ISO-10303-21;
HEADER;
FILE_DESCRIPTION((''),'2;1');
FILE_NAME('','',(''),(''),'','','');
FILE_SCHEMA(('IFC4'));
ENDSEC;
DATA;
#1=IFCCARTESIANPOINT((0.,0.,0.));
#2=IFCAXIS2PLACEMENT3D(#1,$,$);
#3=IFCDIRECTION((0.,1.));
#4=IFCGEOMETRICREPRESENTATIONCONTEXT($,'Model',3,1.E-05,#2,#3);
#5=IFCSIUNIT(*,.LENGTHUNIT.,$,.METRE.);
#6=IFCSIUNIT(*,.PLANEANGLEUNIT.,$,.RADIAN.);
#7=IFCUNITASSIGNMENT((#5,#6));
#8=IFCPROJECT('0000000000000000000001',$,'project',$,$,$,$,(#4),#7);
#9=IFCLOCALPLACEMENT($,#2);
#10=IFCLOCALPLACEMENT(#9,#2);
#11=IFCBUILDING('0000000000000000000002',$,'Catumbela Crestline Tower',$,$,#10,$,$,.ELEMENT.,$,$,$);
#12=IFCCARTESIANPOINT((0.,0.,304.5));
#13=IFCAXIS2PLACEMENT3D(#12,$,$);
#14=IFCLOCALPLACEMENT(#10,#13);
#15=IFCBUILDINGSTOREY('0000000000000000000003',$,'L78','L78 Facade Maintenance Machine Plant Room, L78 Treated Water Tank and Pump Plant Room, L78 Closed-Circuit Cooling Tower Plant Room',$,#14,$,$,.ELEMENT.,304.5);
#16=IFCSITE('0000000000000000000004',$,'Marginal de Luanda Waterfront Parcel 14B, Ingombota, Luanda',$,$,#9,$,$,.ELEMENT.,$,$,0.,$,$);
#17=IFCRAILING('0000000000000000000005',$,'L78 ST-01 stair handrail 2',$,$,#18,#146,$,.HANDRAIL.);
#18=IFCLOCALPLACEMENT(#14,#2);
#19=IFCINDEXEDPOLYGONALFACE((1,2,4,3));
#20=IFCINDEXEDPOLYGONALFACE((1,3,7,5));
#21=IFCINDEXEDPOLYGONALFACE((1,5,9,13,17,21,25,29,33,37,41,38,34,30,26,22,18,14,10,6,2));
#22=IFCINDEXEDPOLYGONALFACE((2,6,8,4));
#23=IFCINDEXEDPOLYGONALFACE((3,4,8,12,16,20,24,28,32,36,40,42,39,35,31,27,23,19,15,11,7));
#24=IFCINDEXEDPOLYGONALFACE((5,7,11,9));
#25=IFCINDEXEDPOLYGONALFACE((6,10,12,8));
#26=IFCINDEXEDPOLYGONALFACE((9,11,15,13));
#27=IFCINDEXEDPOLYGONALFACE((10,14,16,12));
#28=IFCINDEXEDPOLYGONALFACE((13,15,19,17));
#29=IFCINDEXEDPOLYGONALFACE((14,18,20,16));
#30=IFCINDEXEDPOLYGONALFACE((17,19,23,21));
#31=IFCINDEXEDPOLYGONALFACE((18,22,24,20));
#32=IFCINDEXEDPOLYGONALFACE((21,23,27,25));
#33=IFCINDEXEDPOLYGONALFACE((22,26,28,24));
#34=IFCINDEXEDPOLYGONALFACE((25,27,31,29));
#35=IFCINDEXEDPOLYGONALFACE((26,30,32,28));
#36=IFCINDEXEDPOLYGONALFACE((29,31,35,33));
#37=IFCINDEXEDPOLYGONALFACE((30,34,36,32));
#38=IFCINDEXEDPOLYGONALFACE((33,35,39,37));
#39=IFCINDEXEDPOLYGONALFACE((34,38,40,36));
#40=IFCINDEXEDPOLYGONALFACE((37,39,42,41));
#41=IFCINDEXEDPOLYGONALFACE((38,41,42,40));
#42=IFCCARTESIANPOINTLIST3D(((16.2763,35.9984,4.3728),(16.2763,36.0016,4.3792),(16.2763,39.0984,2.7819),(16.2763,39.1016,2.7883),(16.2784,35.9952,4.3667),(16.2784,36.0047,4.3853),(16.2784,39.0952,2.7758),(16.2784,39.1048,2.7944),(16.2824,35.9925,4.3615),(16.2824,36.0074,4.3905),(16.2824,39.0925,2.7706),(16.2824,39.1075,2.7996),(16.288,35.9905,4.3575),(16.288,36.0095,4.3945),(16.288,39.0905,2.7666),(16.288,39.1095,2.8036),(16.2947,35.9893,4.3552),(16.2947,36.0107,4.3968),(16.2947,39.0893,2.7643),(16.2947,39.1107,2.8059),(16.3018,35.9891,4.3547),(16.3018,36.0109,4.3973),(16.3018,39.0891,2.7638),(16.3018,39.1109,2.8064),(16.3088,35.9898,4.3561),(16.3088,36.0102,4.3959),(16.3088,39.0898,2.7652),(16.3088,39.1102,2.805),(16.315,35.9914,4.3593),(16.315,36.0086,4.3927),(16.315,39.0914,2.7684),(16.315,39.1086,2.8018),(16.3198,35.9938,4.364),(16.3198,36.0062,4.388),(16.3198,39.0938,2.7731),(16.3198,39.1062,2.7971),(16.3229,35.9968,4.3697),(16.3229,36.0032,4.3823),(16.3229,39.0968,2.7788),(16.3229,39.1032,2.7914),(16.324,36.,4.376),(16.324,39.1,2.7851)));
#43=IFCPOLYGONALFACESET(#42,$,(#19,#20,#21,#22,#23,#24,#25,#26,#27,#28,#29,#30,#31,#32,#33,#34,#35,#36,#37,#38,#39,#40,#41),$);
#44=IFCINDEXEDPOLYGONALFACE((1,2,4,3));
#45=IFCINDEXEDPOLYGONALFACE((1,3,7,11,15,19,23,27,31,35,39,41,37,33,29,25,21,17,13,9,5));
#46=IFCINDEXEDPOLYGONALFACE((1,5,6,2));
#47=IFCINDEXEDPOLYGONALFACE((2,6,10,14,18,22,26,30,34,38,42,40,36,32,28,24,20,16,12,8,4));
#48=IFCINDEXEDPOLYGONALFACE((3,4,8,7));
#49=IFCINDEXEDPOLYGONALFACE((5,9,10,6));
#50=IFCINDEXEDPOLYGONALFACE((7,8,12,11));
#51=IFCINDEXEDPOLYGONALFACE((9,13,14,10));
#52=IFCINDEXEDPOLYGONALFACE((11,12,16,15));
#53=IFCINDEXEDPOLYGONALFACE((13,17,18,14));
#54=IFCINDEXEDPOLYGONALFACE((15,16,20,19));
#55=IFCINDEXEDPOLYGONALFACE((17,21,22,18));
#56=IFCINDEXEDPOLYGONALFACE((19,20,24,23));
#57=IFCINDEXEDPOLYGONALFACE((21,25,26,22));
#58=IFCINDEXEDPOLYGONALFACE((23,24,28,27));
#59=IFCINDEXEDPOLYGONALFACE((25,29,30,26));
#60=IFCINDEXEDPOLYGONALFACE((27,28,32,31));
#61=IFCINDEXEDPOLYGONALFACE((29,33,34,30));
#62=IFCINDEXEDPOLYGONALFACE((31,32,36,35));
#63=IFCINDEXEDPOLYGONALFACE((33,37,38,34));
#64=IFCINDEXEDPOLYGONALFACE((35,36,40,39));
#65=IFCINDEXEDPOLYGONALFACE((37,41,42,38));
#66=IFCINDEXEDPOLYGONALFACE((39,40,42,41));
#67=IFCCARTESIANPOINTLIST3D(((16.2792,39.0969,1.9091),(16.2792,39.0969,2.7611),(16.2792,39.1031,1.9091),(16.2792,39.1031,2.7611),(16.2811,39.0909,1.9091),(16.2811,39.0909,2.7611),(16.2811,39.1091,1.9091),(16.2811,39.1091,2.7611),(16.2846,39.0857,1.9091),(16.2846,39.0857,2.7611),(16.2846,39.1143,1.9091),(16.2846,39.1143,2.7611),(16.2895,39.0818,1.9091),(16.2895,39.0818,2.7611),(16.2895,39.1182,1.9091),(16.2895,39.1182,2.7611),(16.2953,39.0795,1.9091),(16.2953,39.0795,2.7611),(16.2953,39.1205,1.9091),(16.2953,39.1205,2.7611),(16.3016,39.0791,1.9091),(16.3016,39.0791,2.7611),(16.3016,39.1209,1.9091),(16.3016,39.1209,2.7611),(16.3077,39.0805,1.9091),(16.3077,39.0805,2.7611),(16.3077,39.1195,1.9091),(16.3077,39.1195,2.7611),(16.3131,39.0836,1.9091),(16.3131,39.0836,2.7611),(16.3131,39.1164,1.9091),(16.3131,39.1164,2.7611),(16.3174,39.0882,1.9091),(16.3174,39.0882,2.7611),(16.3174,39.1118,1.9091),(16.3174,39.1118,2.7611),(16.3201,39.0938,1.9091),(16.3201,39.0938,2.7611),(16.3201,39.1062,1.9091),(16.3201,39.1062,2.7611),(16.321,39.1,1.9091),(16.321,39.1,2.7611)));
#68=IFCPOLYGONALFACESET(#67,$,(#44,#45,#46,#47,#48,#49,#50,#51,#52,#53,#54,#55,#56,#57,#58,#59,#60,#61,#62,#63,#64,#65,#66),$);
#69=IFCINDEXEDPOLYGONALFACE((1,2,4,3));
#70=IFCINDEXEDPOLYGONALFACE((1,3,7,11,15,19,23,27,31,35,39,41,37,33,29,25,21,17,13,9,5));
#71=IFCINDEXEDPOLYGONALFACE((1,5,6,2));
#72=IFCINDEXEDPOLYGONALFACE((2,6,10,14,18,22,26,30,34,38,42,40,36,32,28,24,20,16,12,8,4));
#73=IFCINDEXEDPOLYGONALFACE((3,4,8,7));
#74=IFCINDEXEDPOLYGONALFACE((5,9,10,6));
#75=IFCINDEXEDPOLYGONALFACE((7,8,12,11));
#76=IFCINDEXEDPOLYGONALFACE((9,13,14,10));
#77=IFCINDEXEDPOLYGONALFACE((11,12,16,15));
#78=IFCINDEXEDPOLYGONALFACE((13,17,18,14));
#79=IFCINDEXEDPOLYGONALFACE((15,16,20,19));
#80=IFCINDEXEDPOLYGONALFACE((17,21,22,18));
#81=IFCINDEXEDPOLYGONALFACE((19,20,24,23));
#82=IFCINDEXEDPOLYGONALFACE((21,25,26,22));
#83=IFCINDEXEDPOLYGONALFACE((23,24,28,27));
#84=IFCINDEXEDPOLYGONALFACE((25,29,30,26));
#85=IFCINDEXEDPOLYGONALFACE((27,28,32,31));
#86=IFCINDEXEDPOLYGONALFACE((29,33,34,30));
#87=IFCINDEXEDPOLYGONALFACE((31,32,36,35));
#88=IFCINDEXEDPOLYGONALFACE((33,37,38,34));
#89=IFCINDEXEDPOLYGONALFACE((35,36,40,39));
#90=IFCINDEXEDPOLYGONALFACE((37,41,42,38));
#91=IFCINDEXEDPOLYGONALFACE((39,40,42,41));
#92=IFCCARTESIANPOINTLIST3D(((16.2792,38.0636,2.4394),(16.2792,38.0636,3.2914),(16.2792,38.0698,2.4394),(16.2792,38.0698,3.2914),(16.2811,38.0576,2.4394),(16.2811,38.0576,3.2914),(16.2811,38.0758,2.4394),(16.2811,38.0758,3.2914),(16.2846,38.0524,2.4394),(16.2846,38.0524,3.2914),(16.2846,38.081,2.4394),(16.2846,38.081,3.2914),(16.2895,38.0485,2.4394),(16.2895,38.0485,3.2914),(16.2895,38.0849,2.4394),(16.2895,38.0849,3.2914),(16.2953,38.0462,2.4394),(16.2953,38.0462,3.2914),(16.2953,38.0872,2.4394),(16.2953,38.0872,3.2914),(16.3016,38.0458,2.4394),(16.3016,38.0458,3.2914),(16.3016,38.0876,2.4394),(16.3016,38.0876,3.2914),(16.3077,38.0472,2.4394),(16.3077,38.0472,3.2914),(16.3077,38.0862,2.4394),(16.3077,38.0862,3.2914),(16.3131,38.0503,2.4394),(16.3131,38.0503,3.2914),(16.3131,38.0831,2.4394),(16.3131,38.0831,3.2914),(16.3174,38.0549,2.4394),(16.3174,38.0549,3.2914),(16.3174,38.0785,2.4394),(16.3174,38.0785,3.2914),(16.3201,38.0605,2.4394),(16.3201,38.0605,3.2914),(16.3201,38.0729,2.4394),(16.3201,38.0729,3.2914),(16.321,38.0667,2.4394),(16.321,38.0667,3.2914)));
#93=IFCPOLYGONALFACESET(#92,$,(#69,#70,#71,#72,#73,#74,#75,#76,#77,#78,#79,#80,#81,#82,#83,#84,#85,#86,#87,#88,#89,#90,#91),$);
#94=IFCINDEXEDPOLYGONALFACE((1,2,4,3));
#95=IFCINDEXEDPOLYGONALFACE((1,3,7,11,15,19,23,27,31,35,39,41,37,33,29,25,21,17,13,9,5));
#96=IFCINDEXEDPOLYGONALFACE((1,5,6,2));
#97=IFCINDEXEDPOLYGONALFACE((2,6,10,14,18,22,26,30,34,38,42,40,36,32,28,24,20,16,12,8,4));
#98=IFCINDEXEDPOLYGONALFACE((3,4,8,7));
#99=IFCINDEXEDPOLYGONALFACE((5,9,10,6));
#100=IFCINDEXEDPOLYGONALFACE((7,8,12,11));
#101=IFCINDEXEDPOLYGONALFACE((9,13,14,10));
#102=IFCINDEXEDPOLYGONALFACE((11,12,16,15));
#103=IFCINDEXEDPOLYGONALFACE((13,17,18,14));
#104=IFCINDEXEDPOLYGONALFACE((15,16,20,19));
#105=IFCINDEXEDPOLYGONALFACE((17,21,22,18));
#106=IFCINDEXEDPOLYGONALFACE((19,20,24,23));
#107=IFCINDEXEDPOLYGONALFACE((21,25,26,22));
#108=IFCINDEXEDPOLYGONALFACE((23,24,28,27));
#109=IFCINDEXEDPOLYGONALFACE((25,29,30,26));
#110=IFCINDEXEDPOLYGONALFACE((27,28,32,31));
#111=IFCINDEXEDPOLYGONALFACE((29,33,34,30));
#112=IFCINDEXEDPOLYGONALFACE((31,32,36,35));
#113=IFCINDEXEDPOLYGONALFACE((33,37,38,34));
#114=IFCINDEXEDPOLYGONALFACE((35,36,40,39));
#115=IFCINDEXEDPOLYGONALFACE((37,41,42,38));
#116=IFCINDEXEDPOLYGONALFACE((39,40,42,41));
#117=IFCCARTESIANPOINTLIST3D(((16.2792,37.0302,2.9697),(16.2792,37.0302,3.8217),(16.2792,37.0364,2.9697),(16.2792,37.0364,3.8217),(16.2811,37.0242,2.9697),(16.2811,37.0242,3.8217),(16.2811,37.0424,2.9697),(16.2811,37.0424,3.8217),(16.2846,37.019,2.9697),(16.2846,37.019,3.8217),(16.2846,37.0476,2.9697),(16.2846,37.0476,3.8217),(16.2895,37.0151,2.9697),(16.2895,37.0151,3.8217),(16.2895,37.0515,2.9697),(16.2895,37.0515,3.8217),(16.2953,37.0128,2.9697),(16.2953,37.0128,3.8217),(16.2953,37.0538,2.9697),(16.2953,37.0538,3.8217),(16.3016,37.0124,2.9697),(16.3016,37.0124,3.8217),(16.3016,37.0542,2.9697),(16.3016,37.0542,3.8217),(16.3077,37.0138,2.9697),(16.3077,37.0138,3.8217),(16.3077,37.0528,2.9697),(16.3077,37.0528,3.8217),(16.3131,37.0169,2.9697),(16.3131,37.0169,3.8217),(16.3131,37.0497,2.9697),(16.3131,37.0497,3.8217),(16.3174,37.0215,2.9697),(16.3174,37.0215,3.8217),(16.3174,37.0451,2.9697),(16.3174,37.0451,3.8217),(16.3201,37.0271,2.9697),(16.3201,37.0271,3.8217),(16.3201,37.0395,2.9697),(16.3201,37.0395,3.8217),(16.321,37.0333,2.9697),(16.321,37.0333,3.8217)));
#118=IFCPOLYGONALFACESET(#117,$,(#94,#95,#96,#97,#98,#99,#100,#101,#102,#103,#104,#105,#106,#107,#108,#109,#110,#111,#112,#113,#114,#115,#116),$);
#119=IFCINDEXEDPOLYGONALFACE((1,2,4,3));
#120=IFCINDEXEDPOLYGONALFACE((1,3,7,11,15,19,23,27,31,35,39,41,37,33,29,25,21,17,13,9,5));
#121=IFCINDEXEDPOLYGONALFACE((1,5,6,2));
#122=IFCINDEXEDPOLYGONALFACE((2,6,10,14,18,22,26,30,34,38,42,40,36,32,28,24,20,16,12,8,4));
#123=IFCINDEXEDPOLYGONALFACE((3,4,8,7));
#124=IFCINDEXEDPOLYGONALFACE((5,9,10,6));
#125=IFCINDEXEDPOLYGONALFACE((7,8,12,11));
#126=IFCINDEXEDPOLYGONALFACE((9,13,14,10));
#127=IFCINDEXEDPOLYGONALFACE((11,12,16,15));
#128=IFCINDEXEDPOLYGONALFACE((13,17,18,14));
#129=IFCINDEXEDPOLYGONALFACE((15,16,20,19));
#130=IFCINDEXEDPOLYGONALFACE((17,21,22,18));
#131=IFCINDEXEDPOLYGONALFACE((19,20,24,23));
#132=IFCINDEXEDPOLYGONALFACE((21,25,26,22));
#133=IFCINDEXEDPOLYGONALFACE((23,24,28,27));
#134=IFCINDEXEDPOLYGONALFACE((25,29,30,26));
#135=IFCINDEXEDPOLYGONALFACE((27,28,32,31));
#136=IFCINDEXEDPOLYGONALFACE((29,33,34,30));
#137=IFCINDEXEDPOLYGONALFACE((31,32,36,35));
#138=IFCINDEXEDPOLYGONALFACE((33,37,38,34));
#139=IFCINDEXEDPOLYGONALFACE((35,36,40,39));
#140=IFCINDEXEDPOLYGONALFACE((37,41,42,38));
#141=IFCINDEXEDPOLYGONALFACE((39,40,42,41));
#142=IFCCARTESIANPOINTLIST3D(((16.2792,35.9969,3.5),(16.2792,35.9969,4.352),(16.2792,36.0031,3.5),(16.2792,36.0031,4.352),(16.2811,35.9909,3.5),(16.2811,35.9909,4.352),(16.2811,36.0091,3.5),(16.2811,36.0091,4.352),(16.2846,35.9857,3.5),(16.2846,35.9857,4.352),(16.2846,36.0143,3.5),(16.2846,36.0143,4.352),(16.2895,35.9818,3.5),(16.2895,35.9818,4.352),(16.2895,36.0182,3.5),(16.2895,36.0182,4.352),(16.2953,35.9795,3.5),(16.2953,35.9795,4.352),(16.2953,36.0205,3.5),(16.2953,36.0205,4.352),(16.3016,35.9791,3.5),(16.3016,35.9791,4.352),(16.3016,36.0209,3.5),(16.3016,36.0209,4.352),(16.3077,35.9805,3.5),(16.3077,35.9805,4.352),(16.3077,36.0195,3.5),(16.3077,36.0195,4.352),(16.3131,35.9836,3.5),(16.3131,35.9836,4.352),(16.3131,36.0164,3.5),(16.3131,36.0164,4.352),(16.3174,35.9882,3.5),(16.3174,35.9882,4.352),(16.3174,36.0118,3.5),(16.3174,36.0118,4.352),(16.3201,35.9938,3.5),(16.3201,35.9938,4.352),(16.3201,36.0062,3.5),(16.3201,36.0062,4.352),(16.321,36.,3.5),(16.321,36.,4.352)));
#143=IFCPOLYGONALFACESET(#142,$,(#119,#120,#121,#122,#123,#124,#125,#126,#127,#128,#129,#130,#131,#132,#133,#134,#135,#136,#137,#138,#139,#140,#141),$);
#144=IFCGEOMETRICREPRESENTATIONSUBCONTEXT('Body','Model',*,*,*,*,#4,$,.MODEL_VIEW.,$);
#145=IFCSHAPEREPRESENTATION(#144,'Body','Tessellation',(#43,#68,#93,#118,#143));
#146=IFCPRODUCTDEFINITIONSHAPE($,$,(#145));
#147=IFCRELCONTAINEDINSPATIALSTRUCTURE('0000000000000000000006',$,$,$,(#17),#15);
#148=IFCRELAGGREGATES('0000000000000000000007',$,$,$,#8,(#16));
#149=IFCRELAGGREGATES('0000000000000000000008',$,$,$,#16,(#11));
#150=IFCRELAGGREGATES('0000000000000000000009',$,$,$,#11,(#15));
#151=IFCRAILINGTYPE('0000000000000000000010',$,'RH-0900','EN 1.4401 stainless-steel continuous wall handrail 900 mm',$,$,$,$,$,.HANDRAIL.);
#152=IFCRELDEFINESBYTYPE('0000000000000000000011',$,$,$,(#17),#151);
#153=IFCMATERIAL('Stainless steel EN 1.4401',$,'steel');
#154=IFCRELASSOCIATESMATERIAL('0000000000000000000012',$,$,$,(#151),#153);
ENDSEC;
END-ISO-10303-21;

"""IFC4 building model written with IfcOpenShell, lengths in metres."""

from ifc_helpers import new_model, si_unit, direction, frame, origin, origin_2d, place, context, subcontext, project, spatial, circle, extrude, material, type_object, element, save


model = new_model("IFC4")

# Units and contexts
model_context = context("Model", 3, precision=1e-05, world=origin(), true_north=direction((0.0, 1.0)))
body_context = subcontext(model_context, "Body", "Model", "MODEL_VIEW")
ifc_project = project(units=[si_unit("LENGTHUNIT", "METRE"), si_unit("PLANEANGLEUNIT", "RADIAN")], contexts=[model_context])

# Site, building, storey
site_placement = place(None, origin())
site = spatial("IfcSite", under=ifc_project, at=site_placement, Name="Marginal de Luanda Waterfront Parcel 14B, Ingombota, Luanda", CompositionType="ELEMENT", RefElevation=0.0)
building_placement = place(site_placement, origin())
building = spatial("IfcBuilding", under=site, at=building_placement, Name="Catumbela Crestline Tower", CompositionType="ELEMENT")
storey_placement = place(building_placement, frame((0.0, 0.0, 304.5)))
storey = spatial("IfcBuildingStorey", under=building, at=storey_placement, Name="L78", Description="L78 Facade Maintenance Machine Plant Room, L78 Treated Water Tank and Pump Plant Room, L78 Closed-Circuit Cooling Tower Plant Room", CompositionType="ELEMENT", Elevation=304.5)

# Shared definitions
ifc_material_1 = material(Name="Stainless steel EN 1.4401", Category="steel")

# Railing
railing_type_1 = type_object("IfcRailingType", Name="RH-0900", Description="EN 1.4401 stainless-steel continuous wall handrail 900 mm", PredefinedType="HANDRAIL", material=ifc_material_1)
railing_1_placement = place(storey_placement, frame((16.3, 39.1, 1.9091)))
element("IfcRailing", 1, at=railing_1_placement, inside=storey, type_object=railing_type_1, Name="L78 ST-01 stair handrail 2", PredefinedType="HANDRAIL", context=body_context, shape_type="SweptSolid", body=[
    extrude(circle(Radius=0.024, at=origin_2d()), frame((0.0, 0.0, 0.876), z_axis=(0.0, -0.889683, 0.456579), x_axis=(1.0, 0.0, 0.0)), (0.0, 0.0, 1.0), 3.4844),
    extrude(circle(Radius=0.021, at=origin_2d()), origin(), (0.0, 0.0, 1.0), 0.852),
    extrude(circle(Radius=0.021, at=origin_2d()), frame((0.0, -1.0333, 0.5303)), (0.0, 0.0, 1.0), 0.852),
    extrude(circle(Radius=0.021, at=origin_2d()), frame((0.0, -2.0667, 1.0606)), (0.0, 0.0, 1.0), 0.852),
    extrude(circle(Radius=0.021, at=origin_2d()), frame((0.0, -3.1, 1.5909)), (0.0, 0.0, 1.0), 0.852),
])

save(model, "model.ifc")
